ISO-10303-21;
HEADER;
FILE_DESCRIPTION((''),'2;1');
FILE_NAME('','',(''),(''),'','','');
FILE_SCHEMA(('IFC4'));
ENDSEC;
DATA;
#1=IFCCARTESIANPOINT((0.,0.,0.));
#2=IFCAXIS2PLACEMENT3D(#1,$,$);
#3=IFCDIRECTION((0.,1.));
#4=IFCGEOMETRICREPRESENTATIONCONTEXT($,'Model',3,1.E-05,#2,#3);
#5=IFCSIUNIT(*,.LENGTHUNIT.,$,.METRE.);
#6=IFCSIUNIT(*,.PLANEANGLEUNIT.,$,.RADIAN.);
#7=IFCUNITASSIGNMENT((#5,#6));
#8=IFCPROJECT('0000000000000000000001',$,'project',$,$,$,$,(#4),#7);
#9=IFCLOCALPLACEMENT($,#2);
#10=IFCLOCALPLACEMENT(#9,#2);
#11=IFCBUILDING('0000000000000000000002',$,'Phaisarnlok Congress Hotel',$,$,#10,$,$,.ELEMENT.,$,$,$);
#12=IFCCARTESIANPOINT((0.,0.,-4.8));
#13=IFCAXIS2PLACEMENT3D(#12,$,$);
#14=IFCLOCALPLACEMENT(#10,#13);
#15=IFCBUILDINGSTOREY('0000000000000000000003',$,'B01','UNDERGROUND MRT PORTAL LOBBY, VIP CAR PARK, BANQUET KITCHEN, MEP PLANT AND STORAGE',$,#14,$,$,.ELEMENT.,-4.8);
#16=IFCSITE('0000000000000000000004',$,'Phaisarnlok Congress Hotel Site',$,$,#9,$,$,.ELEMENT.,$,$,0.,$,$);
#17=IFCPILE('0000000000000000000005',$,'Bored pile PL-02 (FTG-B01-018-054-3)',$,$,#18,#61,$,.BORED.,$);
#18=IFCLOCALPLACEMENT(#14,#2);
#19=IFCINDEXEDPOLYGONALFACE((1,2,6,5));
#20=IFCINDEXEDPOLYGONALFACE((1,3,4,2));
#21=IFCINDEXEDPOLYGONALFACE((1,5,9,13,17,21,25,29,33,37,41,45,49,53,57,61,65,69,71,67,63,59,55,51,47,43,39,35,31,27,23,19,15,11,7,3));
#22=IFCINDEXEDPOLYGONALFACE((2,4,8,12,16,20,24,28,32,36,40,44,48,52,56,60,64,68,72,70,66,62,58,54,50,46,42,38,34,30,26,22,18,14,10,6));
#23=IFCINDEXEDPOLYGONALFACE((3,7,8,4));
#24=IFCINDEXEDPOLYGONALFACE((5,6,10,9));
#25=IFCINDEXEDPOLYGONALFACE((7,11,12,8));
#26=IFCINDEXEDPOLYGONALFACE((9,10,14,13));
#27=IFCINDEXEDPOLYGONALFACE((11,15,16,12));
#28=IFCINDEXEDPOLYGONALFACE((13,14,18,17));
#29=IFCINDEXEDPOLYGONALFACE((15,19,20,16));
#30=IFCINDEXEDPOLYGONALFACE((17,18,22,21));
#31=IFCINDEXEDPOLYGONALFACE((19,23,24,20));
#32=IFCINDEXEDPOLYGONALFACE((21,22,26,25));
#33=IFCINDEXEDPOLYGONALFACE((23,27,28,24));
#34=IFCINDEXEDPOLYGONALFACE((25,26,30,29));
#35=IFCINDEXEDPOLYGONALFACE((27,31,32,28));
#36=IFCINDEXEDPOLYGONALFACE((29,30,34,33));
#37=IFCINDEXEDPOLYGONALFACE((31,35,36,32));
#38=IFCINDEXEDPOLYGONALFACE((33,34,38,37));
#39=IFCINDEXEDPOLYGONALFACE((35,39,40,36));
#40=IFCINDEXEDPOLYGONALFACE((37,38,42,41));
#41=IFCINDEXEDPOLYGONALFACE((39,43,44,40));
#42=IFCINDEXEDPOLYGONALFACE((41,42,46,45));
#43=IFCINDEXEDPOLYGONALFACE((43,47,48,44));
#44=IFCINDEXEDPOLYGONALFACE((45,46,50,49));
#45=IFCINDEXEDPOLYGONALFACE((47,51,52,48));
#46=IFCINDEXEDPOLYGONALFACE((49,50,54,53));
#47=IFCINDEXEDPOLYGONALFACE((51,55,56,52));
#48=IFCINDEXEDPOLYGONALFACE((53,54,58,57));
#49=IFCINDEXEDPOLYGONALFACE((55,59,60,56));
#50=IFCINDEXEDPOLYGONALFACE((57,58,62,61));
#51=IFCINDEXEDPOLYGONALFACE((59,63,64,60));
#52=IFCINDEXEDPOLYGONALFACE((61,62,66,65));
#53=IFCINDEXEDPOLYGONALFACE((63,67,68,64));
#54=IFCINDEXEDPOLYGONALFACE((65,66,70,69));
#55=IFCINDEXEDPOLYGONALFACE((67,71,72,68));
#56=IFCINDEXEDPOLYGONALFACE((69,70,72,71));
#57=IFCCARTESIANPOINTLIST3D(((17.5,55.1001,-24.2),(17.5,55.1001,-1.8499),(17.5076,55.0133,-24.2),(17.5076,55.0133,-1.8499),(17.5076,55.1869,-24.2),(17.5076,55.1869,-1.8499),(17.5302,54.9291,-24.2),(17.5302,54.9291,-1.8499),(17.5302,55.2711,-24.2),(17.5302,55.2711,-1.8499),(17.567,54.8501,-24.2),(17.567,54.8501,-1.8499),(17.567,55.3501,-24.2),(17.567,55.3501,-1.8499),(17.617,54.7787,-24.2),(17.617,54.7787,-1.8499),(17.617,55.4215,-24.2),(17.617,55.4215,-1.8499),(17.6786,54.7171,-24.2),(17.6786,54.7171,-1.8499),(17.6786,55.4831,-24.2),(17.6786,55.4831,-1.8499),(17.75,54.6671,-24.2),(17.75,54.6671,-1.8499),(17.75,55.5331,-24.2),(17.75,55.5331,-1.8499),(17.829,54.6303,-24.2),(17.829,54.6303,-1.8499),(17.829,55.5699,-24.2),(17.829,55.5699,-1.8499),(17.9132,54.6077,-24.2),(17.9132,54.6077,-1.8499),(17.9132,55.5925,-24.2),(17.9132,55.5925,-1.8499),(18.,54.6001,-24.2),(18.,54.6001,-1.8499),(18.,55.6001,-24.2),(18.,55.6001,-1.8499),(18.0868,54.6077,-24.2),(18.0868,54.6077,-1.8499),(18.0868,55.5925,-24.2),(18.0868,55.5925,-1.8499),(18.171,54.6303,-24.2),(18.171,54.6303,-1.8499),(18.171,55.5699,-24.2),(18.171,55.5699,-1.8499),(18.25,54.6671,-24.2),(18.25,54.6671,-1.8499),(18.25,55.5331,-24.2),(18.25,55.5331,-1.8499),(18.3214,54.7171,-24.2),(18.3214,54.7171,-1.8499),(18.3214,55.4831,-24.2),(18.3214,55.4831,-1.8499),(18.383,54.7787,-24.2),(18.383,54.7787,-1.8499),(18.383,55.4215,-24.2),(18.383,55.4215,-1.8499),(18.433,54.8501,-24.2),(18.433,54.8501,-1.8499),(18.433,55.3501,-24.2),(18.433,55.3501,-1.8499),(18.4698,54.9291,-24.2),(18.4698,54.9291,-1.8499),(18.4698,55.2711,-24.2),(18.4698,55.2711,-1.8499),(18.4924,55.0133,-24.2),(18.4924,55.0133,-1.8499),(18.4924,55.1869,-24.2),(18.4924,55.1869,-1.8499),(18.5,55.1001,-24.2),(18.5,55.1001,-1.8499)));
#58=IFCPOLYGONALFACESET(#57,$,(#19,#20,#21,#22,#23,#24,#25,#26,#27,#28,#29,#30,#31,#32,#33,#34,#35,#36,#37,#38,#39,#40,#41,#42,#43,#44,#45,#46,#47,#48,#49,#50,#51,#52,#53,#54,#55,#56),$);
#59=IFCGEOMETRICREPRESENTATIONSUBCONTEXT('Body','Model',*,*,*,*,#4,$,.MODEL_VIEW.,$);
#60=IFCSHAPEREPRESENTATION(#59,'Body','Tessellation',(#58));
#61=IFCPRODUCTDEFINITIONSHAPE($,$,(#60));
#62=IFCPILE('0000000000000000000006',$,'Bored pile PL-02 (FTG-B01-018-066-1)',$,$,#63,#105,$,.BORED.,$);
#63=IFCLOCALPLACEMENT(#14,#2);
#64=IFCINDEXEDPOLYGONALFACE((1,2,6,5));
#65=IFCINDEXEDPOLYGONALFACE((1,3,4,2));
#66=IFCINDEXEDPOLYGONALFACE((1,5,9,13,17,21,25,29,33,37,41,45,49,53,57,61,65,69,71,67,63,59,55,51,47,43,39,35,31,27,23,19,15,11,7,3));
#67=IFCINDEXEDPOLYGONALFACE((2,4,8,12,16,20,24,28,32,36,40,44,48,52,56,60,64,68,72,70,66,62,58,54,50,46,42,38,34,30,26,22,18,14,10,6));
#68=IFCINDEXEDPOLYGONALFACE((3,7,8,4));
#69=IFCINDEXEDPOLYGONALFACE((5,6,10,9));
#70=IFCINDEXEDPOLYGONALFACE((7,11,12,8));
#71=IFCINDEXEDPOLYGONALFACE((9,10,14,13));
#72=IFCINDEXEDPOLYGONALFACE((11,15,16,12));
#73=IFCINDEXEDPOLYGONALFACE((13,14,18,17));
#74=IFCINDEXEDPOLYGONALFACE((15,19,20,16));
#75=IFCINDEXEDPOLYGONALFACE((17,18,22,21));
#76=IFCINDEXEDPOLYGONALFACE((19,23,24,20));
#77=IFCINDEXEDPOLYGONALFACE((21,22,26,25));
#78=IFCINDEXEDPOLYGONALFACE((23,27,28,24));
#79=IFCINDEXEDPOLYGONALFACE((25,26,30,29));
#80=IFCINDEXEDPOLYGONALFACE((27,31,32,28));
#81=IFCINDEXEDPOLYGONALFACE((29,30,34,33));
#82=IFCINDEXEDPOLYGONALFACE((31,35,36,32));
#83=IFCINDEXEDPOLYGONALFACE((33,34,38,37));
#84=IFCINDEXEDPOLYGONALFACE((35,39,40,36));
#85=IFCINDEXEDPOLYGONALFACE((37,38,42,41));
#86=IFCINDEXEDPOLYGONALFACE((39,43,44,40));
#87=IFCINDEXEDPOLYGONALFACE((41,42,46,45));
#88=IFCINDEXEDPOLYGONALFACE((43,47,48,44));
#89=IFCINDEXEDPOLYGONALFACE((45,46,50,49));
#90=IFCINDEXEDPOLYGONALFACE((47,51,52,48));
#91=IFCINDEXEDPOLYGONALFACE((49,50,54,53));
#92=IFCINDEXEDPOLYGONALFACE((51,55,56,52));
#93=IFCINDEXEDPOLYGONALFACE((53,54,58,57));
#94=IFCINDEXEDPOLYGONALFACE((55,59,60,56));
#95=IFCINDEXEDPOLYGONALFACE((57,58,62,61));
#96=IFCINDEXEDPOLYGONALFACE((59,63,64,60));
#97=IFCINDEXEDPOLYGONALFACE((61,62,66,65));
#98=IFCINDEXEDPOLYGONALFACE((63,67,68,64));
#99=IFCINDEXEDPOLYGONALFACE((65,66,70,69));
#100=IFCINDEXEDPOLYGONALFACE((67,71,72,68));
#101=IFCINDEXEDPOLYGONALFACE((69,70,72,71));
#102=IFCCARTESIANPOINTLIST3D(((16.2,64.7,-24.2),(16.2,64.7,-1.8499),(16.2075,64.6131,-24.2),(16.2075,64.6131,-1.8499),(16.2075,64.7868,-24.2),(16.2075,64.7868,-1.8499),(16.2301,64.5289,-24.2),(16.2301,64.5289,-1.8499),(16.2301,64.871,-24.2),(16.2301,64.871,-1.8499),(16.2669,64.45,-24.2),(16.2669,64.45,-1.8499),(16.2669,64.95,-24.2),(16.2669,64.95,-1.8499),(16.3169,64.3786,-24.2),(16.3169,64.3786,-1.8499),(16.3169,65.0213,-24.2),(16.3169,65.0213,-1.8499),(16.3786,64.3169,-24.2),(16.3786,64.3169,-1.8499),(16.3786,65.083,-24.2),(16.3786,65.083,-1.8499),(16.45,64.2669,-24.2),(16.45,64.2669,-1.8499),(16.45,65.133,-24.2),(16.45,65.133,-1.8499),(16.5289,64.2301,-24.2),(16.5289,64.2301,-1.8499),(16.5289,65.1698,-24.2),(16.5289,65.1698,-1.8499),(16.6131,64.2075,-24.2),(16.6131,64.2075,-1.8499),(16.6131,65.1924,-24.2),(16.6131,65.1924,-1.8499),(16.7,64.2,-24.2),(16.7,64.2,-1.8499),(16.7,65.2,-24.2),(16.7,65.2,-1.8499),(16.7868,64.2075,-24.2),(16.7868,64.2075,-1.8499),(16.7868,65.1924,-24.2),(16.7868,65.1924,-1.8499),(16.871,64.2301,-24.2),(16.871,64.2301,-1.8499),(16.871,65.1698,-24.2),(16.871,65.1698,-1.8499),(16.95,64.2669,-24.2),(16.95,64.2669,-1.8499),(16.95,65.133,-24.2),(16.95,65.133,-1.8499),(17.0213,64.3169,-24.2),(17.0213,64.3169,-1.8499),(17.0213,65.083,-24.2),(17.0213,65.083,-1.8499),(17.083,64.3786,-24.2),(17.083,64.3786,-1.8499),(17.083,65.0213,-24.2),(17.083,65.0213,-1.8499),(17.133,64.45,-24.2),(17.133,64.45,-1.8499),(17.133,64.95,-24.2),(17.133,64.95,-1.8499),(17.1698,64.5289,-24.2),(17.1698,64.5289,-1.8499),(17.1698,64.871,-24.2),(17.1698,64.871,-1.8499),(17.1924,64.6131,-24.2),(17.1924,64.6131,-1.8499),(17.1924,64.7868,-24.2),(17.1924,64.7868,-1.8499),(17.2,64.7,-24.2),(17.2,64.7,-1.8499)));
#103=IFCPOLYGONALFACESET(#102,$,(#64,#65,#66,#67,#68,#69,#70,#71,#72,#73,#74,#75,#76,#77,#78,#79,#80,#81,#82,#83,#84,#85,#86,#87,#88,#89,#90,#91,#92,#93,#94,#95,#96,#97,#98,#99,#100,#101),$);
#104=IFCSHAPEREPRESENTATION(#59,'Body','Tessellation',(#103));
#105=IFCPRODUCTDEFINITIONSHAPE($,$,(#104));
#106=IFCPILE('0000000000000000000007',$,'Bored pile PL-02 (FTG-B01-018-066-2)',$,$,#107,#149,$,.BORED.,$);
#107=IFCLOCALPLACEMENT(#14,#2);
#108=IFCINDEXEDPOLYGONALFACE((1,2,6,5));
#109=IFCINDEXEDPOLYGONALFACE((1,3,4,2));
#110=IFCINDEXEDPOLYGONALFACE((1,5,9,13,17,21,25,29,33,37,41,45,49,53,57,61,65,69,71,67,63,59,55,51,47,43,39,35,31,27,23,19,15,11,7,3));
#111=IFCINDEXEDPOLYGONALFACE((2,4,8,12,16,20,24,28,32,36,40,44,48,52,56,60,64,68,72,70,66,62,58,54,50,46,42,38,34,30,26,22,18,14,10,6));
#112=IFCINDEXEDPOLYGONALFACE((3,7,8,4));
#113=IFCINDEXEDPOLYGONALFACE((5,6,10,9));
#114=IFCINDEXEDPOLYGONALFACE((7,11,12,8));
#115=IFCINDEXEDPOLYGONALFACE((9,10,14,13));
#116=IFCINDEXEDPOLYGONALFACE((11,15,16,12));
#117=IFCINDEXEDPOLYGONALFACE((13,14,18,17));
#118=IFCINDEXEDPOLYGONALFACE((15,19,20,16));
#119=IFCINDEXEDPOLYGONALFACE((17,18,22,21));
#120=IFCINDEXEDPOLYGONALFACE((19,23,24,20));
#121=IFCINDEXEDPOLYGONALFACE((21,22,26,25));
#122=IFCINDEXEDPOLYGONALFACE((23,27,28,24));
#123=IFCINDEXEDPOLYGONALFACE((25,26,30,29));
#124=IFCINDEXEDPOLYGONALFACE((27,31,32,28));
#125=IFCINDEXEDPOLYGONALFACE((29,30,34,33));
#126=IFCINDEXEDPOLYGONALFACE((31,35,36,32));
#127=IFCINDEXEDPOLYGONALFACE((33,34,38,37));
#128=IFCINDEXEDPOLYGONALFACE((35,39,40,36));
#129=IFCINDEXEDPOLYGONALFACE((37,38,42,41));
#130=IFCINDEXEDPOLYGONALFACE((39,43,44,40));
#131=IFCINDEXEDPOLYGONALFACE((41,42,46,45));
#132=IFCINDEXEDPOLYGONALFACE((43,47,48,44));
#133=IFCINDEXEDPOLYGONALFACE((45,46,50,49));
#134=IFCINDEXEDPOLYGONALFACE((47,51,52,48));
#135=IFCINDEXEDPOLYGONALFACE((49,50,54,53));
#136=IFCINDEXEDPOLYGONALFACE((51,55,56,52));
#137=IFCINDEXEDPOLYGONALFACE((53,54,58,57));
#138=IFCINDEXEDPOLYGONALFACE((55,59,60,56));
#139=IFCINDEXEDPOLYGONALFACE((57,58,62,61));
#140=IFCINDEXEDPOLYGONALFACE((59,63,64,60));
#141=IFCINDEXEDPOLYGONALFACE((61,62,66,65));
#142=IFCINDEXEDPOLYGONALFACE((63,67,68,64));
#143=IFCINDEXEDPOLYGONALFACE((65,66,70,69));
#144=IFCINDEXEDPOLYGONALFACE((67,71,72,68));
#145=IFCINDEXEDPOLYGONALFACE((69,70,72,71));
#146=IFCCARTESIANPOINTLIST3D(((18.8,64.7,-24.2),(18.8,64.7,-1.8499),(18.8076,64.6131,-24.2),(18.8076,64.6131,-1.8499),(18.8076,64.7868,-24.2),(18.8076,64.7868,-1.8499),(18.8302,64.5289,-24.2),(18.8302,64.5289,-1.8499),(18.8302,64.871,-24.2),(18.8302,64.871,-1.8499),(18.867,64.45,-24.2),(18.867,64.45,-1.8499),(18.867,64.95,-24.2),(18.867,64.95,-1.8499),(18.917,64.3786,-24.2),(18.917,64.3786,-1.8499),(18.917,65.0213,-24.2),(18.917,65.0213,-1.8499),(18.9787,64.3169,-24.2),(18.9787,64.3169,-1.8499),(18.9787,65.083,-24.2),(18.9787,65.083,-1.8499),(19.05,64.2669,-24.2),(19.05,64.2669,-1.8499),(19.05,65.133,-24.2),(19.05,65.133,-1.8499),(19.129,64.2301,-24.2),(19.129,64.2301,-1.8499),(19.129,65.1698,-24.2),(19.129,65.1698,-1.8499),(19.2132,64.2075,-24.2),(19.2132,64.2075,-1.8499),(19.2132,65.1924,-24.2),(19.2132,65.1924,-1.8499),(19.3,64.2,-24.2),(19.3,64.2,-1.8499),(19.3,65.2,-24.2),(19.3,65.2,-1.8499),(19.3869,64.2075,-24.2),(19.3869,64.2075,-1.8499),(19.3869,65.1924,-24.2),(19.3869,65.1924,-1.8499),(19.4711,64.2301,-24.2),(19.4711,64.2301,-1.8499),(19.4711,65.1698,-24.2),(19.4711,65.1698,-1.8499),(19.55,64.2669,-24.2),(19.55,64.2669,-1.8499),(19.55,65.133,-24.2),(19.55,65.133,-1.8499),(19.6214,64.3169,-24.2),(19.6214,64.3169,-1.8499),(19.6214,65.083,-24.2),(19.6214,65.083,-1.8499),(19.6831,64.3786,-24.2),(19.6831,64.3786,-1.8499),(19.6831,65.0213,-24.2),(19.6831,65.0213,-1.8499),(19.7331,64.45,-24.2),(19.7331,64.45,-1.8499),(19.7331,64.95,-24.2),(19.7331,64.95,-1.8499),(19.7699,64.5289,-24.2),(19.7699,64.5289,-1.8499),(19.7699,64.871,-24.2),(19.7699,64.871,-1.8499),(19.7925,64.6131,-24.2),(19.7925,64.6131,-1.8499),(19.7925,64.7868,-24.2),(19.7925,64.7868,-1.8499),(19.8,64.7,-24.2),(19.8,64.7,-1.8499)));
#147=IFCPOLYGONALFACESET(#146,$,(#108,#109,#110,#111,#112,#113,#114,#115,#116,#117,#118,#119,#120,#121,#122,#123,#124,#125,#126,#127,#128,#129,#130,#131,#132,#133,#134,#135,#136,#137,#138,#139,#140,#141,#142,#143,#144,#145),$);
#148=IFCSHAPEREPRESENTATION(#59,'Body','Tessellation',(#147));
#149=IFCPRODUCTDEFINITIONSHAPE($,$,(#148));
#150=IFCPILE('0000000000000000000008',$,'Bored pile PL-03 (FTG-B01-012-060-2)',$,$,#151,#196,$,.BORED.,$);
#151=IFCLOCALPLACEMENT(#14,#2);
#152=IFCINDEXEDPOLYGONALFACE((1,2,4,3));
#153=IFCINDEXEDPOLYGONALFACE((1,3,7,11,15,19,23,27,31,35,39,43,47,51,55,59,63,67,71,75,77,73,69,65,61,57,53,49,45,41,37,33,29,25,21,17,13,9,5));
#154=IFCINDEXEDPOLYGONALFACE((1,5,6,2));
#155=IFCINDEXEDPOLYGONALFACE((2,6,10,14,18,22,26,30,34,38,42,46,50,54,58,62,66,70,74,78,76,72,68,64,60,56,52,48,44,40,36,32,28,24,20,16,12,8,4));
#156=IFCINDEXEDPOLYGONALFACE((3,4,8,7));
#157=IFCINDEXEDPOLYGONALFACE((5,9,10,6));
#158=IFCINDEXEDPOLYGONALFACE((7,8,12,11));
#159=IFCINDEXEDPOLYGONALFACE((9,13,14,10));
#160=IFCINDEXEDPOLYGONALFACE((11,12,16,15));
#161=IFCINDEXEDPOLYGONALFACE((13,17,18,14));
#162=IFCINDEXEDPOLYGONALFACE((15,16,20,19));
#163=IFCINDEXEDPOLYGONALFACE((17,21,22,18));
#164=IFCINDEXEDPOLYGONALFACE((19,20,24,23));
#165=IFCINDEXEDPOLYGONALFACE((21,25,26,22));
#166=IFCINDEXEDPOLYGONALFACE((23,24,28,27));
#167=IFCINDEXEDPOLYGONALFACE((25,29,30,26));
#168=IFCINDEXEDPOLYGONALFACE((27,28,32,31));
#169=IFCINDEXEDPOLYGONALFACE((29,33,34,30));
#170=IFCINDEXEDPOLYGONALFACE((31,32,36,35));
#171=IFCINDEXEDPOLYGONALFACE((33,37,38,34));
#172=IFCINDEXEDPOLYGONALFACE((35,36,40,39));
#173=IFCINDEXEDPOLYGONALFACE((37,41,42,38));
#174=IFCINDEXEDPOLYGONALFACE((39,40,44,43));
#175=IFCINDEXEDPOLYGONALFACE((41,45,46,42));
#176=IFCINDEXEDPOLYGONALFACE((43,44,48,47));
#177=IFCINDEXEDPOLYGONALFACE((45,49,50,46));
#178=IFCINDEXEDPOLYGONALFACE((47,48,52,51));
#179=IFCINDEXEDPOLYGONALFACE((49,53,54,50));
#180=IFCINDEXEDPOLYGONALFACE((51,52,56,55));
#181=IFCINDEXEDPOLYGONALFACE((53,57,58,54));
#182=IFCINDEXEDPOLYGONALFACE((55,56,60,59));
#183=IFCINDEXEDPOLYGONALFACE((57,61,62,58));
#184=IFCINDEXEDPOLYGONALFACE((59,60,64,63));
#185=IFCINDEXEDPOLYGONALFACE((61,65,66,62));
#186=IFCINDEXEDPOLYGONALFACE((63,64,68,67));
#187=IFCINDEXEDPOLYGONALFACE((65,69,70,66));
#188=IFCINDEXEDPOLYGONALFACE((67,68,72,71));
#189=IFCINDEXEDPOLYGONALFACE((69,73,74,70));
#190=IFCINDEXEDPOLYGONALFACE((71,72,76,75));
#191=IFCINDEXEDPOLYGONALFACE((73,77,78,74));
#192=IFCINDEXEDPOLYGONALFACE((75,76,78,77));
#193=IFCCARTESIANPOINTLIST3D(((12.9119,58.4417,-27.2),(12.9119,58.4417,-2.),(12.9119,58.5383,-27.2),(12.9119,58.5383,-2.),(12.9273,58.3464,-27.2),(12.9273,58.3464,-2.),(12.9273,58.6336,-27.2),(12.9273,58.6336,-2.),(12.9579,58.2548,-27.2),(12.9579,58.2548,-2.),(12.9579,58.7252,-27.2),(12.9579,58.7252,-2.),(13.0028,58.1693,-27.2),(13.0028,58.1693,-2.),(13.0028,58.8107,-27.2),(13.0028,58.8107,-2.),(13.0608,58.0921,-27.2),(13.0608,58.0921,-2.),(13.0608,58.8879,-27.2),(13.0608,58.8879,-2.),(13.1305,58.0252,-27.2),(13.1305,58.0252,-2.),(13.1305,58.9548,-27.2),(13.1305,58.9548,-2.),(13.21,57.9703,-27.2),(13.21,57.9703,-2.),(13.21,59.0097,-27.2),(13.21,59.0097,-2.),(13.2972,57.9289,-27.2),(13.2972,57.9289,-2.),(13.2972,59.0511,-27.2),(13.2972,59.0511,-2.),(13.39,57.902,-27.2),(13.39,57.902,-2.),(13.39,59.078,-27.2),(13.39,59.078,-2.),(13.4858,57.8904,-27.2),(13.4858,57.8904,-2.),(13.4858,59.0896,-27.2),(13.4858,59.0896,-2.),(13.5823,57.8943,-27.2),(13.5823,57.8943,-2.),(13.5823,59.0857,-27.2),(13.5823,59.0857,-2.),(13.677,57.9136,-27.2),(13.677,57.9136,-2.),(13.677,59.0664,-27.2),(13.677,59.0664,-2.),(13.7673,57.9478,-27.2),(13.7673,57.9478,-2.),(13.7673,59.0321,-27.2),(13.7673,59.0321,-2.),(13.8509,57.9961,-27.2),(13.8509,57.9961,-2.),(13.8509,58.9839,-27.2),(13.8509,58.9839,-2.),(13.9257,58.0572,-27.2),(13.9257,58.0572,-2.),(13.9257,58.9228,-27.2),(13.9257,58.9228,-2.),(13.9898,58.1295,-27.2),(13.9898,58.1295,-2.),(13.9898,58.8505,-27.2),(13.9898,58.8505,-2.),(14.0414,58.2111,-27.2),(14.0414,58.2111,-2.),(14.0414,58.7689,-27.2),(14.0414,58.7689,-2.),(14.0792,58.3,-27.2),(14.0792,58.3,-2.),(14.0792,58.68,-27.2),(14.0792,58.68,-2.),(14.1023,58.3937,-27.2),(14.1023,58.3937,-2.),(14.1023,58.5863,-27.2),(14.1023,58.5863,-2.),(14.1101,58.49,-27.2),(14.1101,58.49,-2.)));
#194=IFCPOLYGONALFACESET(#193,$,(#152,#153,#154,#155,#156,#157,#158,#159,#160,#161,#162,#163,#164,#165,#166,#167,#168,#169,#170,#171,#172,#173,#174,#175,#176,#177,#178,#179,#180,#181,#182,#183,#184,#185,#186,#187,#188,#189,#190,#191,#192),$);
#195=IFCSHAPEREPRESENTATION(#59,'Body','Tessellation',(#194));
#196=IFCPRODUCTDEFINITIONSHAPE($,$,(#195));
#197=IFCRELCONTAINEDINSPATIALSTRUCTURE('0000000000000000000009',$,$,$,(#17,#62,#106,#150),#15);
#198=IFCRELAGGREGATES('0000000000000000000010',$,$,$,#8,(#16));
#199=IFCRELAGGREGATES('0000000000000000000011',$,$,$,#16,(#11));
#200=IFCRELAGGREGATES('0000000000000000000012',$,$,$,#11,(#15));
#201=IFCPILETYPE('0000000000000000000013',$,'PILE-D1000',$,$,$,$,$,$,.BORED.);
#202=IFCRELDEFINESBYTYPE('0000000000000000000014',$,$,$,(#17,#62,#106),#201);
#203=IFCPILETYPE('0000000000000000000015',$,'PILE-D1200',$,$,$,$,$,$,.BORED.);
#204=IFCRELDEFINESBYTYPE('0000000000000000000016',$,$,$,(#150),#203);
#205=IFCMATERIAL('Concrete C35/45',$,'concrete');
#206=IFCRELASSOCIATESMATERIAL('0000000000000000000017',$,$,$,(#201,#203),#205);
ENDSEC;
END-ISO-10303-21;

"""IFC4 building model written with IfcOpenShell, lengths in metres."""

from ifc_helpers import new_model, si_unit, direction, frame, origin, origin_2d, place, context, subcontext, project, spatial, circle, extrude, material, material_profile, profile_set, type_object, element, save


model = new_model("IFC4")

# Units and contexts
model_context = context("Model", 3, precision=1e-05, world=origin(), true_north=direction((0.0, 1.0)))
body_context = subcontext(model_context, "Body", "Model", "MODEL_VIEW")
ifc_project = project(units=[si_unit("LENGTHUNIT", "METRE"), si_unit("PLANEANGLEUNIT", "RADIAN")], contexts=[model_context])

# Site, building, storey
site_placement = place(None, origin())
site = spatial("IfcSite", under=ifc_project, at=site_placement, Name="Phaisarnlok Congress Hotel Site", CompositionType="ELEMENT", RefElevation=0.0)
building_placement = place(site_placement, origin())
building = spatial("IfcBuilding", under=site, at=building_placement, Name="Phaisarnlok Congress Hotel", CompositionType="ELEMENT")
storey_placement = place(building_placement, frame((0.0, 0.0, -4.8)))
storey = spatial("IfcBuildingStorey", under=building, at=storey_placement, Name="B01", Description="UNDERGROUND MRT PORTAL LOBBY, VIP CAR PARK, BANQUET KITCHEN, MEP PLANT AND STORAGE", CompositionType="ELEMENT", Elevation=-4.8)

# Piles
ifc_material_1 = material(Name="Concrete C35/45", Category="concrete")
ifc_material_profile_1 = material_profile(ifc_material_1, circle(Radius=0.5, at=origin_2d()), Name="BORED PILE D1000")
ifc_profile_set_1 = profile_set([ifc_material_profile_1], Name="Concrete C35/45")
pile_type_1 = type_object("IfcPileType", Name="PILE-D1000", PredefinedType="BORED", material=ifc_profile_set_1)
for number, where, z_axis, x_axis, name in (
    (1, (18.0, 55.1001, -1.8499), (0.0, 0.0, -1.0), (1.0, 0.0, 0.0), "Bored pile PL-02 (FTG-B01-018-054-3)"),
    (2, (16.7, 64.7, -1.8499), (0.0, 0.0, -1.0), (1.0, 0.0, 0.0), "Bored pile PL-02 (FTG-B01-018-066-1)"),
    (3, (19.3, 64.7, -1.8499), (0.0, 0.0, -1.0), (1.0, 0.0, 0.0), "Bored pile PL-02 (FTG-B01-018-066-2)"),
):
    element("IfcPile", number, at=place(storey_placement, frame(where, z_axis=z_axis, x_axis=x_axis)), inside=storey, type_object=pile_type_1, Name=name, PredefinedType="BORED", context=body_context, shape_type="SweptSolid", body=[
        extrude(circle(Radius=0.5, at=origin_2d()), origin(), (0.0, 0.0, 1.0), 22.3501),
    ])
ifc_material_profile_2 = material_profile(ifc_material_1, circle(Radius=0.6001, at=origin_2d()), Name="BORED PILE D1200")
ifc_profile_set_2 = profile_set([ifc_material_profile_2], Name="Concrete C35/45")
pile_type_2 = type_object("IfcPileType", Name="PILE-D1200", PredefinedType="BORED", material=ifc_profile_set_2)
for number, where, z_axis, x_axis, name in (
    (4, (13.51, 58.49, -2.0), (0.0, 0.0, -1.0), (1.0, 0.0, 0.0), "Bored pile PL-03 (FTG-B01-012-060-2)"),
):
    element("IfcPile", number, at=place(storey_placement, frame(where, z_axis=z_axis, x_axis=x_axis)), inside=storey, type_object=pile_type_2, Name=name, PredefinedType="BORED", context=body_context, shape_type="SweptSolid", body=[
        extrude(circle(Radius=0.6001, at=origin_2d()), origin(), (0.0, 0.0, 1.0), 25.2),
    ])

save(model, "model.ifc")
